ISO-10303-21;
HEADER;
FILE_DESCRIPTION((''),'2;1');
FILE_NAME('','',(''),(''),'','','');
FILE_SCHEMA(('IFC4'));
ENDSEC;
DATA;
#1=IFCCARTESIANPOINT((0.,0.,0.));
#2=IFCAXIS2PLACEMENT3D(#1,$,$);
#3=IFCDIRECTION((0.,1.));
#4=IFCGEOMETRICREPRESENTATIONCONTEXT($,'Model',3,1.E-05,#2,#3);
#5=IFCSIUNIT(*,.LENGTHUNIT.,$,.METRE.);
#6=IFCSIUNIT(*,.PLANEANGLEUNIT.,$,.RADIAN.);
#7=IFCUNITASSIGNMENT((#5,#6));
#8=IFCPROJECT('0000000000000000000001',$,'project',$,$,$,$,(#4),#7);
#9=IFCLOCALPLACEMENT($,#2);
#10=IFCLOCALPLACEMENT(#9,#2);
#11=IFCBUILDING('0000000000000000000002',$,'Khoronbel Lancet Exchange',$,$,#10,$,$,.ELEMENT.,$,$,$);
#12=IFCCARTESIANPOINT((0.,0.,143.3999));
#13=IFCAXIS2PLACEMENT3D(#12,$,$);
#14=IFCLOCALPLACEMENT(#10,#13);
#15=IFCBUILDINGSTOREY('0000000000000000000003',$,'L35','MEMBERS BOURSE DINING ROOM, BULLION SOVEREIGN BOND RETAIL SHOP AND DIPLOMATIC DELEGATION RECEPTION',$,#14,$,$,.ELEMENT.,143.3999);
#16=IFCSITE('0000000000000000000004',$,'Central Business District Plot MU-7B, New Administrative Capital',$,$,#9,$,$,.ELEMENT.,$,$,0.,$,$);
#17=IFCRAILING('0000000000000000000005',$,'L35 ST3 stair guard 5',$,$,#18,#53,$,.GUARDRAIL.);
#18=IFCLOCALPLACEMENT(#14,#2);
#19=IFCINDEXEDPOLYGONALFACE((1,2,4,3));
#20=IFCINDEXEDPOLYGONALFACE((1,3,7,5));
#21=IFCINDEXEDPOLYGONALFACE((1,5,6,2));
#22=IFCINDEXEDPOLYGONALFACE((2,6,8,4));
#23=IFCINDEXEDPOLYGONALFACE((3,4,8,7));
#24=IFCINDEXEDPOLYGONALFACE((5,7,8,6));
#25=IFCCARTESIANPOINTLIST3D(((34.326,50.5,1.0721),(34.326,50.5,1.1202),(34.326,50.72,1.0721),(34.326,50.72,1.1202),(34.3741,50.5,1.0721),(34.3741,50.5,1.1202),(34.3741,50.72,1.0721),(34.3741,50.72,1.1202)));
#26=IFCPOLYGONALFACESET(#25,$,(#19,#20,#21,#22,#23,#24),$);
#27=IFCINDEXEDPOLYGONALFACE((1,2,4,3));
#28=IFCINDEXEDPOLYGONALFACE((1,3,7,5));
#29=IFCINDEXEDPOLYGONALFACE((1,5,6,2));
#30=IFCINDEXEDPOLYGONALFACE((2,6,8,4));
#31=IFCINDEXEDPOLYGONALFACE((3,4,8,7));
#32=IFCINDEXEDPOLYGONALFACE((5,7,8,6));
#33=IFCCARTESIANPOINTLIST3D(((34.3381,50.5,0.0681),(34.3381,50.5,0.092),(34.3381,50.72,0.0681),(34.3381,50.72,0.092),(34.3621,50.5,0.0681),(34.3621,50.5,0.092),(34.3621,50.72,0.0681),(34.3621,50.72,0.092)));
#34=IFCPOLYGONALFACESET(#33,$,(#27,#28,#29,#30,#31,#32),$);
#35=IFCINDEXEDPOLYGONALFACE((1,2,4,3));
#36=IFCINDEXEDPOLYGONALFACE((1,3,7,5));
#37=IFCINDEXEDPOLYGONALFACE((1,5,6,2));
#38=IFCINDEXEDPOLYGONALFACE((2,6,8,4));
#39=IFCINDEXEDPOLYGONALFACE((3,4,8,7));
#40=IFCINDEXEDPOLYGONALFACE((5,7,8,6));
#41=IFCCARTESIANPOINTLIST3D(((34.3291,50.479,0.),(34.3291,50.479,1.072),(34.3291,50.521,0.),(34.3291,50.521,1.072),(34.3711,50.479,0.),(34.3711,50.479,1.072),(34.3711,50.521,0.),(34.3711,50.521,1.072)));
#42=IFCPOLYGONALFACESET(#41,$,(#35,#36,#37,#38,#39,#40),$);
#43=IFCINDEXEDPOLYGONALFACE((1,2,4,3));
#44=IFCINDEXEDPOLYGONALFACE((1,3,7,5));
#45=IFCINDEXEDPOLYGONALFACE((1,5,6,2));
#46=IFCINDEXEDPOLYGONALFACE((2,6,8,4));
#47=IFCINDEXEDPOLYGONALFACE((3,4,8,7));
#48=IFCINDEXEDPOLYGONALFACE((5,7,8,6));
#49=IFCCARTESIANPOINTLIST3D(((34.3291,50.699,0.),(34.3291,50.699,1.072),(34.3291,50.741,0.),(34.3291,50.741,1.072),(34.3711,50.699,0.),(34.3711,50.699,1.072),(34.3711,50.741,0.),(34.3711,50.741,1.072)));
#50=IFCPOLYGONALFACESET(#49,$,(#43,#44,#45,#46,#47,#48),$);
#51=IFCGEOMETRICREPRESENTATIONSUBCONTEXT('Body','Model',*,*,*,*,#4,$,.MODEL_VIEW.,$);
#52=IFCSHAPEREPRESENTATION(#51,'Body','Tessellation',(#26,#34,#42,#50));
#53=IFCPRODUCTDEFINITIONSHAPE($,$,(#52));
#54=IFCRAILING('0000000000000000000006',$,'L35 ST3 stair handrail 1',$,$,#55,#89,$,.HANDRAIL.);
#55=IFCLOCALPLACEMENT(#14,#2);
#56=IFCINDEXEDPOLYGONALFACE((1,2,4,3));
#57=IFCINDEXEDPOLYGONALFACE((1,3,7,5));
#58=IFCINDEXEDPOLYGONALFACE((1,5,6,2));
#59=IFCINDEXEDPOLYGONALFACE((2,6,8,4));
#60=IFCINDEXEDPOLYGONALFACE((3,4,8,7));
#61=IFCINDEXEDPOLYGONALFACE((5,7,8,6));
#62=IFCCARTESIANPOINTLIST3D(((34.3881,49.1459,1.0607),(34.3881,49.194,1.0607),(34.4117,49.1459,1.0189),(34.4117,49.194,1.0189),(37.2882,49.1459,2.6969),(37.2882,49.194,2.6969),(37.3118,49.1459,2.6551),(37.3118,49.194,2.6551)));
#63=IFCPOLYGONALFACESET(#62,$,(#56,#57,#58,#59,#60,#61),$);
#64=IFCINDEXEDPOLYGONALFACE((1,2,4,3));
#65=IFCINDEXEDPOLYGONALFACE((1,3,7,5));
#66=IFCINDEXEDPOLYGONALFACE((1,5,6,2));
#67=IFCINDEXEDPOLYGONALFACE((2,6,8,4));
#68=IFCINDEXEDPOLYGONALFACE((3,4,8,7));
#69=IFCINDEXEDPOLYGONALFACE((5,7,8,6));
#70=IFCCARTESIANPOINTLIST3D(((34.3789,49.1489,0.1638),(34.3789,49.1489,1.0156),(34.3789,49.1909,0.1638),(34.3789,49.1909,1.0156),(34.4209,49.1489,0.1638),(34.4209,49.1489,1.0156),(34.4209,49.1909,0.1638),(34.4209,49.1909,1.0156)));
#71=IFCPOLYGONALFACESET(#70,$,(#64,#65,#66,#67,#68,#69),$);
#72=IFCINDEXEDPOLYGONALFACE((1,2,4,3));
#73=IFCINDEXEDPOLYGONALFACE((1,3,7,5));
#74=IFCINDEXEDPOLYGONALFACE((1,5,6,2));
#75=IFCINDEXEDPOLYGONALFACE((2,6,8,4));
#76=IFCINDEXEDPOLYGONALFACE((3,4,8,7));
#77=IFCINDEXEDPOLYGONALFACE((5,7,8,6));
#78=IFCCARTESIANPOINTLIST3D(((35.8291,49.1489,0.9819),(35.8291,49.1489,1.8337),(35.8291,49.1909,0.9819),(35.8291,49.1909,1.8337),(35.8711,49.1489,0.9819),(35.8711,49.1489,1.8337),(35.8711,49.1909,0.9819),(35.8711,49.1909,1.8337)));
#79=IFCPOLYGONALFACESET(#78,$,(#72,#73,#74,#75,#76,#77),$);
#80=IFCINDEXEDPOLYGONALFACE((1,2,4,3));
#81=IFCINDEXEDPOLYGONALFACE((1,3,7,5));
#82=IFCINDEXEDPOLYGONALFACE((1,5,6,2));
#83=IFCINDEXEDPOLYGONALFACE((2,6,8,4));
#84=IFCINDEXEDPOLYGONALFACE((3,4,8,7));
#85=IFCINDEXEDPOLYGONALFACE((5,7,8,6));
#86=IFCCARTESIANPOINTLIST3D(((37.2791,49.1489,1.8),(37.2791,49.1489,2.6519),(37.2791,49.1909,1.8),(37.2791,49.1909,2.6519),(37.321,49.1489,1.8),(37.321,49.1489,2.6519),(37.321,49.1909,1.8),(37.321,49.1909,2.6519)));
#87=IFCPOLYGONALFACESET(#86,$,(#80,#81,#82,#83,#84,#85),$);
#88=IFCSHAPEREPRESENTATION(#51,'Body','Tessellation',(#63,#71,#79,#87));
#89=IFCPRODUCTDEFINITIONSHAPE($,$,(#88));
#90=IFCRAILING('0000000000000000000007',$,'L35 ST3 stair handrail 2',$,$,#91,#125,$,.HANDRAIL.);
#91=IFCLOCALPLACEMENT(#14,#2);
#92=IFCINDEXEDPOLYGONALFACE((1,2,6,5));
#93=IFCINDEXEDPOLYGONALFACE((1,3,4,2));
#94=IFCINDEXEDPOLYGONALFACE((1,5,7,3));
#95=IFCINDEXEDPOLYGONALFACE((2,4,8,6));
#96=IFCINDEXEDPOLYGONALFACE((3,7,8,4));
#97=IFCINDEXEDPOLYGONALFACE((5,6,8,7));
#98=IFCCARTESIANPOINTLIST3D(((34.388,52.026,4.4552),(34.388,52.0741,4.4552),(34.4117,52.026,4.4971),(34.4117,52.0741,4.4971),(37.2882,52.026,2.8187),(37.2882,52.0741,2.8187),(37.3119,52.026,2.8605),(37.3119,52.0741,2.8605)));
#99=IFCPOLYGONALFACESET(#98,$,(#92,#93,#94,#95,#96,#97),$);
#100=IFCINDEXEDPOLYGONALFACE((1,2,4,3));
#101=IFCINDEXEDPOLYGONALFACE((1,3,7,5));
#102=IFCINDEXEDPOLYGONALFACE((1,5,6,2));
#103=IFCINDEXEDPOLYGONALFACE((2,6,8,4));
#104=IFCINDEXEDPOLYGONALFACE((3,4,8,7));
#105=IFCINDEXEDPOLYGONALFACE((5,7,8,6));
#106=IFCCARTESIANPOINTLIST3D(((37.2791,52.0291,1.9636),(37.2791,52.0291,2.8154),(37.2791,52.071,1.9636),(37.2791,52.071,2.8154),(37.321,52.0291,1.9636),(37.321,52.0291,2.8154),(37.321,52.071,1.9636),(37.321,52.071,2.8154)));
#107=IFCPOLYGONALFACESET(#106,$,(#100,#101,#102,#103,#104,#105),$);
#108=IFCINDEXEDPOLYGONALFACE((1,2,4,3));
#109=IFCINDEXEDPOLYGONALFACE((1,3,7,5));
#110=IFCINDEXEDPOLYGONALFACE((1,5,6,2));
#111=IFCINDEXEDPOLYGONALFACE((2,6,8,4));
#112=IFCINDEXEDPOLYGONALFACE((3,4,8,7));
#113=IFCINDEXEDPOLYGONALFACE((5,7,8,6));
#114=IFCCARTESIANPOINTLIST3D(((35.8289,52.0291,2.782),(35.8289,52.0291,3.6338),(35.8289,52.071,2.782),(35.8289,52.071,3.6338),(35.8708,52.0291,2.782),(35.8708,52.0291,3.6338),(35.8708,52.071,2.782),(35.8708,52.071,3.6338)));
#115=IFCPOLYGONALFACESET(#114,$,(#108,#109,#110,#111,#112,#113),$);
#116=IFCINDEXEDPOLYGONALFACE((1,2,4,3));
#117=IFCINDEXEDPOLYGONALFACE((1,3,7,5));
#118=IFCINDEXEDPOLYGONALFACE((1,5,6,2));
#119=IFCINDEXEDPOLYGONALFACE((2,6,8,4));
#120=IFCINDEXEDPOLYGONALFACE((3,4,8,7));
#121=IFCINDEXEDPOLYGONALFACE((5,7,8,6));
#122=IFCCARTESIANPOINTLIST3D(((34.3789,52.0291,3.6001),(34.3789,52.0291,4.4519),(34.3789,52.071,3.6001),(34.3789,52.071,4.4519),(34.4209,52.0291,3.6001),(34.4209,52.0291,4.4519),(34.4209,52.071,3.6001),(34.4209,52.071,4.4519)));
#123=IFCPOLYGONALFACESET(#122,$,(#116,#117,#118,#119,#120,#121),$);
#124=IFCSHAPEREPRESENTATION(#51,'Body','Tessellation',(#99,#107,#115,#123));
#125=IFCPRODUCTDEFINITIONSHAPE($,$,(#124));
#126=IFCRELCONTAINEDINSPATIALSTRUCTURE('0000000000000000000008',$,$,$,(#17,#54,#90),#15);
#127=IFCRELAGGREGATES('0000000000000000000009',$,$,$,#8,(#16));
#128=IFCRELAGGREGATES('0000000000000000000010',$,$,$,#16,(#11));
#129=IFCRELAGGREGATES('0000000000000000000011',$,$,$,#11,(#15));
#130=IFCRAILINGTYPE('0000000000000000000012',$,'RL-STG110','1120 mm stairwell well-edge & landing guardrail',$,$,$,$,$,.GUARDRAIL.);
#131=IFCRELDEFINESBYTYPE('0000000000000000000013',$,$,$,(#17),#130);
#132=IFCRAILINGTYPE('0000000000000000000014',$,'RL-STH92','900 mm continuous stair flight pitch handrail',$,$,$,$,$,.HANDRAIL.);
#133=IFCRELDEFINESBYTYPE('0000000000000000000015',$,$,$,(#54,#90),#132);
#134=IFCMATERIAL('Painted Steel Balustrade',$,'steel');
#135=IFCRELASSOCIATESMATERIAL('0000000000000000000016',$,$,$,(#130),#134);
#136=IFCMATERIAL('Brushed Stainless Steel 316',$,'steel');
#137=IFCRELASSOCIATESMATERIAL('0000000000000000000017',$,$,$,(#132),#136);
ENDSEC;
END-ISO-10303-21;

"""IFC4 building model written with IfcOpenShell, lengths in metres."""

from ifc_helpers import new_model, si_unit, direction, frame, origin, origin_2d, place, context, subcontext, project, spatial, rectangle, extrude, material, type_object, element, save


model = new_model("IFC4")

# Units and contexts
model_context = context("Model", 3, precision=1e-05, world=origin(), true_north=direction((0.0, 1.0)))
body_context = subcontext(model_context, "Body", "Model", "MODEL_VIEW")
ifc_project = project(units=[si_unit("LENGTHUNIT", "METRE"), si_unit("PLANEANGLEUNIT", "RADIAN")], contexts=[model_context])

# Site, building, storey
site_placement = place(None, origin())
site = spatial("IfcSite", under=ifc_project, at=site_placement, Name="Central Business District Plot MU-7B, New Administrative Capital", CompositionType="ELEMENT", RefElevation=0.0)
building_placement = place(site_placement, origin())
building = spatial("IfcBuilding", under=site, at=building_placement, Name="Khoronbel Lancet Exchange", CompositionType="ELEMENT")
storey_placement = place(building_placement, frame((0.0, 0.0, 143.3999)))
storey = spatial("IfcBuildingStorey", under=building, at=storey_placement, Name="L35", Description="MEMBERS BOURSE DINING ROOM, BULLION SOVEREIGN BOND RETAIL SHOP AND DIPLOMATIC DELEGATION RECEPTION", CompositionType="ELEMENT", Elevation=143.3999)

# Railings
ifc_material_1 = material(Name="Painted Steel Balustrade", Category="steel")
railing_type_1 = type_object("IfcRailingType", Name="RL-STG110", Description="1120 mm stairwell well-edge & landing guardrail", PredefinedType="GUARDRAIL", material=ifc_material_1)
railing_1_placement = place(storey_placement, frame((34.3501, 50.5, 0.0)))
element("IfcRailing", 1, at=railing_1_placement, inside=storey, type_object=railing_type_1, Name="L35 ST3 stair guard 5", PredefinedType="GUARDRAIL", context=body_context, shape_type="SweptSolid", body=[
    extrude(rectangle(XDim=0.0481, YDim=0.0481, at=origin_2d()), frame((0.0, 0.0, 1.0962), z_axis=(0.0, 1.0, 0.0), x_axis=(-1.0, 0.0, 0.0)), (0.0, 0.0, 1.0), 0.22),
    extrude(rectangle(XDim=0.0239, YDim=0.0239, at=origin_2d()), frame((0.0, 0.0, 0.0801), z_axis=(0.0, 1.0, 0.0), x_axis=(-1.0, 0.0, 0.0)), (0.0, 0.0, 1.0), 0.22),
    extrude(rectangle(XDim=0.042, YDim=0.042, at=origin_2d()), origin(), (0.0, 0.0, 1.0), 1.072),
    extrude(rectangle(XDim=0.042, YDim=0.042, at=origin_2d()), frame((0.0, 0.22, 0.0)), (0.0, 0.0, 1.0), 1.072),
])
ifc_material_2 = material(Name="Brushed Stainless Steel 316", Category="steel")
railing_type_2 = type_object("IfcRailingType", Name="RL-STH92", Description="900 mm continuous stair flight pitch handrail", PredefinedType="HANDRAIL", material=ifc_material_2)
railing_2_placement = place(storey_placement, frame((34.3999, 49.1699, 0.1638)))
element("IfcRailing", 2, at=railing_2_placement, inside=storey, type_object=railing_type_2, Name="L35 ST3 stair handrail 1", PredefinedType="HANDRAIL", context=body_context, shape_type="SweptSolid", body=[
    extrude(rectangle(XDim=0.0481, YDim=0.0481, at=origin_2d()), frame((0.0, 0.0, 0.876), z_axis=(0.870946, 0.0, 0.491378), x_axis=(0.0, 1.0, 0.0)), (0.0, 0.0, 1.0), 3.3298),
    extrude(rectangle(XDim=0.042, YDim=0.042, at=origin_2d()), origin(), (0.0, 0.0, 1.0), 0.8518),
    extrude(rectangle(XDim=0.042, YDim=0.042, at=origin_2d()), frame((1.4502, 0.0, 0.8181)), (0.0, 0.0, 1.0), 0.8518),
    extrude(rectangle(XDim=0.042, YDim=0.042, at=origin_2d()), frame((2.9001, 0.0, 1.6362)), (0.0, 0.0, 1.0), 0.8518),
])
railing_3_placement = place(storey_placement, frame((37.3, 52.05, 1.9636)))
element("IfcRailing", 3, at=railing_3_placement, inside=storey, type_object=railing_type_2, Name="L35 ST3 stair handrail 2", PredefinedType="HANDRAIL", context=body_context, shape_type="SweptSolid", body=[
    extrude(rectangle(XDim=0.0481, YDim=0.0481, at=origin_2d()), frame((0.0, 0.0, 0.876), z_axis=(-0.870915, 0.0, 0.491434), x_axis=(0.0, -1.0, 0.0)), (0.0, 0.0, 1.0), 3.3301),
    extrude(rectangle(XDim=0.042, YDim=0.042, at=origin_2d()), origin(), (0.0, 0.0, 1.0), 0.8518),
    extrude(rectangle(XDim=0.042, YDim=0.042, at=origin_2d()), frame((-1.4502, 0.0, 0.8184)), (0.0, 0.0, 1.0), 0.8518),
    extrude(rectangle(XDim=0.042, YDim=0.042, at=origin_2d()), frame((-2.9001, 0.0, 1.6365)), (0.0, 0.0, 1.0), 0.8518),
])

save(model, "model.ifc")
